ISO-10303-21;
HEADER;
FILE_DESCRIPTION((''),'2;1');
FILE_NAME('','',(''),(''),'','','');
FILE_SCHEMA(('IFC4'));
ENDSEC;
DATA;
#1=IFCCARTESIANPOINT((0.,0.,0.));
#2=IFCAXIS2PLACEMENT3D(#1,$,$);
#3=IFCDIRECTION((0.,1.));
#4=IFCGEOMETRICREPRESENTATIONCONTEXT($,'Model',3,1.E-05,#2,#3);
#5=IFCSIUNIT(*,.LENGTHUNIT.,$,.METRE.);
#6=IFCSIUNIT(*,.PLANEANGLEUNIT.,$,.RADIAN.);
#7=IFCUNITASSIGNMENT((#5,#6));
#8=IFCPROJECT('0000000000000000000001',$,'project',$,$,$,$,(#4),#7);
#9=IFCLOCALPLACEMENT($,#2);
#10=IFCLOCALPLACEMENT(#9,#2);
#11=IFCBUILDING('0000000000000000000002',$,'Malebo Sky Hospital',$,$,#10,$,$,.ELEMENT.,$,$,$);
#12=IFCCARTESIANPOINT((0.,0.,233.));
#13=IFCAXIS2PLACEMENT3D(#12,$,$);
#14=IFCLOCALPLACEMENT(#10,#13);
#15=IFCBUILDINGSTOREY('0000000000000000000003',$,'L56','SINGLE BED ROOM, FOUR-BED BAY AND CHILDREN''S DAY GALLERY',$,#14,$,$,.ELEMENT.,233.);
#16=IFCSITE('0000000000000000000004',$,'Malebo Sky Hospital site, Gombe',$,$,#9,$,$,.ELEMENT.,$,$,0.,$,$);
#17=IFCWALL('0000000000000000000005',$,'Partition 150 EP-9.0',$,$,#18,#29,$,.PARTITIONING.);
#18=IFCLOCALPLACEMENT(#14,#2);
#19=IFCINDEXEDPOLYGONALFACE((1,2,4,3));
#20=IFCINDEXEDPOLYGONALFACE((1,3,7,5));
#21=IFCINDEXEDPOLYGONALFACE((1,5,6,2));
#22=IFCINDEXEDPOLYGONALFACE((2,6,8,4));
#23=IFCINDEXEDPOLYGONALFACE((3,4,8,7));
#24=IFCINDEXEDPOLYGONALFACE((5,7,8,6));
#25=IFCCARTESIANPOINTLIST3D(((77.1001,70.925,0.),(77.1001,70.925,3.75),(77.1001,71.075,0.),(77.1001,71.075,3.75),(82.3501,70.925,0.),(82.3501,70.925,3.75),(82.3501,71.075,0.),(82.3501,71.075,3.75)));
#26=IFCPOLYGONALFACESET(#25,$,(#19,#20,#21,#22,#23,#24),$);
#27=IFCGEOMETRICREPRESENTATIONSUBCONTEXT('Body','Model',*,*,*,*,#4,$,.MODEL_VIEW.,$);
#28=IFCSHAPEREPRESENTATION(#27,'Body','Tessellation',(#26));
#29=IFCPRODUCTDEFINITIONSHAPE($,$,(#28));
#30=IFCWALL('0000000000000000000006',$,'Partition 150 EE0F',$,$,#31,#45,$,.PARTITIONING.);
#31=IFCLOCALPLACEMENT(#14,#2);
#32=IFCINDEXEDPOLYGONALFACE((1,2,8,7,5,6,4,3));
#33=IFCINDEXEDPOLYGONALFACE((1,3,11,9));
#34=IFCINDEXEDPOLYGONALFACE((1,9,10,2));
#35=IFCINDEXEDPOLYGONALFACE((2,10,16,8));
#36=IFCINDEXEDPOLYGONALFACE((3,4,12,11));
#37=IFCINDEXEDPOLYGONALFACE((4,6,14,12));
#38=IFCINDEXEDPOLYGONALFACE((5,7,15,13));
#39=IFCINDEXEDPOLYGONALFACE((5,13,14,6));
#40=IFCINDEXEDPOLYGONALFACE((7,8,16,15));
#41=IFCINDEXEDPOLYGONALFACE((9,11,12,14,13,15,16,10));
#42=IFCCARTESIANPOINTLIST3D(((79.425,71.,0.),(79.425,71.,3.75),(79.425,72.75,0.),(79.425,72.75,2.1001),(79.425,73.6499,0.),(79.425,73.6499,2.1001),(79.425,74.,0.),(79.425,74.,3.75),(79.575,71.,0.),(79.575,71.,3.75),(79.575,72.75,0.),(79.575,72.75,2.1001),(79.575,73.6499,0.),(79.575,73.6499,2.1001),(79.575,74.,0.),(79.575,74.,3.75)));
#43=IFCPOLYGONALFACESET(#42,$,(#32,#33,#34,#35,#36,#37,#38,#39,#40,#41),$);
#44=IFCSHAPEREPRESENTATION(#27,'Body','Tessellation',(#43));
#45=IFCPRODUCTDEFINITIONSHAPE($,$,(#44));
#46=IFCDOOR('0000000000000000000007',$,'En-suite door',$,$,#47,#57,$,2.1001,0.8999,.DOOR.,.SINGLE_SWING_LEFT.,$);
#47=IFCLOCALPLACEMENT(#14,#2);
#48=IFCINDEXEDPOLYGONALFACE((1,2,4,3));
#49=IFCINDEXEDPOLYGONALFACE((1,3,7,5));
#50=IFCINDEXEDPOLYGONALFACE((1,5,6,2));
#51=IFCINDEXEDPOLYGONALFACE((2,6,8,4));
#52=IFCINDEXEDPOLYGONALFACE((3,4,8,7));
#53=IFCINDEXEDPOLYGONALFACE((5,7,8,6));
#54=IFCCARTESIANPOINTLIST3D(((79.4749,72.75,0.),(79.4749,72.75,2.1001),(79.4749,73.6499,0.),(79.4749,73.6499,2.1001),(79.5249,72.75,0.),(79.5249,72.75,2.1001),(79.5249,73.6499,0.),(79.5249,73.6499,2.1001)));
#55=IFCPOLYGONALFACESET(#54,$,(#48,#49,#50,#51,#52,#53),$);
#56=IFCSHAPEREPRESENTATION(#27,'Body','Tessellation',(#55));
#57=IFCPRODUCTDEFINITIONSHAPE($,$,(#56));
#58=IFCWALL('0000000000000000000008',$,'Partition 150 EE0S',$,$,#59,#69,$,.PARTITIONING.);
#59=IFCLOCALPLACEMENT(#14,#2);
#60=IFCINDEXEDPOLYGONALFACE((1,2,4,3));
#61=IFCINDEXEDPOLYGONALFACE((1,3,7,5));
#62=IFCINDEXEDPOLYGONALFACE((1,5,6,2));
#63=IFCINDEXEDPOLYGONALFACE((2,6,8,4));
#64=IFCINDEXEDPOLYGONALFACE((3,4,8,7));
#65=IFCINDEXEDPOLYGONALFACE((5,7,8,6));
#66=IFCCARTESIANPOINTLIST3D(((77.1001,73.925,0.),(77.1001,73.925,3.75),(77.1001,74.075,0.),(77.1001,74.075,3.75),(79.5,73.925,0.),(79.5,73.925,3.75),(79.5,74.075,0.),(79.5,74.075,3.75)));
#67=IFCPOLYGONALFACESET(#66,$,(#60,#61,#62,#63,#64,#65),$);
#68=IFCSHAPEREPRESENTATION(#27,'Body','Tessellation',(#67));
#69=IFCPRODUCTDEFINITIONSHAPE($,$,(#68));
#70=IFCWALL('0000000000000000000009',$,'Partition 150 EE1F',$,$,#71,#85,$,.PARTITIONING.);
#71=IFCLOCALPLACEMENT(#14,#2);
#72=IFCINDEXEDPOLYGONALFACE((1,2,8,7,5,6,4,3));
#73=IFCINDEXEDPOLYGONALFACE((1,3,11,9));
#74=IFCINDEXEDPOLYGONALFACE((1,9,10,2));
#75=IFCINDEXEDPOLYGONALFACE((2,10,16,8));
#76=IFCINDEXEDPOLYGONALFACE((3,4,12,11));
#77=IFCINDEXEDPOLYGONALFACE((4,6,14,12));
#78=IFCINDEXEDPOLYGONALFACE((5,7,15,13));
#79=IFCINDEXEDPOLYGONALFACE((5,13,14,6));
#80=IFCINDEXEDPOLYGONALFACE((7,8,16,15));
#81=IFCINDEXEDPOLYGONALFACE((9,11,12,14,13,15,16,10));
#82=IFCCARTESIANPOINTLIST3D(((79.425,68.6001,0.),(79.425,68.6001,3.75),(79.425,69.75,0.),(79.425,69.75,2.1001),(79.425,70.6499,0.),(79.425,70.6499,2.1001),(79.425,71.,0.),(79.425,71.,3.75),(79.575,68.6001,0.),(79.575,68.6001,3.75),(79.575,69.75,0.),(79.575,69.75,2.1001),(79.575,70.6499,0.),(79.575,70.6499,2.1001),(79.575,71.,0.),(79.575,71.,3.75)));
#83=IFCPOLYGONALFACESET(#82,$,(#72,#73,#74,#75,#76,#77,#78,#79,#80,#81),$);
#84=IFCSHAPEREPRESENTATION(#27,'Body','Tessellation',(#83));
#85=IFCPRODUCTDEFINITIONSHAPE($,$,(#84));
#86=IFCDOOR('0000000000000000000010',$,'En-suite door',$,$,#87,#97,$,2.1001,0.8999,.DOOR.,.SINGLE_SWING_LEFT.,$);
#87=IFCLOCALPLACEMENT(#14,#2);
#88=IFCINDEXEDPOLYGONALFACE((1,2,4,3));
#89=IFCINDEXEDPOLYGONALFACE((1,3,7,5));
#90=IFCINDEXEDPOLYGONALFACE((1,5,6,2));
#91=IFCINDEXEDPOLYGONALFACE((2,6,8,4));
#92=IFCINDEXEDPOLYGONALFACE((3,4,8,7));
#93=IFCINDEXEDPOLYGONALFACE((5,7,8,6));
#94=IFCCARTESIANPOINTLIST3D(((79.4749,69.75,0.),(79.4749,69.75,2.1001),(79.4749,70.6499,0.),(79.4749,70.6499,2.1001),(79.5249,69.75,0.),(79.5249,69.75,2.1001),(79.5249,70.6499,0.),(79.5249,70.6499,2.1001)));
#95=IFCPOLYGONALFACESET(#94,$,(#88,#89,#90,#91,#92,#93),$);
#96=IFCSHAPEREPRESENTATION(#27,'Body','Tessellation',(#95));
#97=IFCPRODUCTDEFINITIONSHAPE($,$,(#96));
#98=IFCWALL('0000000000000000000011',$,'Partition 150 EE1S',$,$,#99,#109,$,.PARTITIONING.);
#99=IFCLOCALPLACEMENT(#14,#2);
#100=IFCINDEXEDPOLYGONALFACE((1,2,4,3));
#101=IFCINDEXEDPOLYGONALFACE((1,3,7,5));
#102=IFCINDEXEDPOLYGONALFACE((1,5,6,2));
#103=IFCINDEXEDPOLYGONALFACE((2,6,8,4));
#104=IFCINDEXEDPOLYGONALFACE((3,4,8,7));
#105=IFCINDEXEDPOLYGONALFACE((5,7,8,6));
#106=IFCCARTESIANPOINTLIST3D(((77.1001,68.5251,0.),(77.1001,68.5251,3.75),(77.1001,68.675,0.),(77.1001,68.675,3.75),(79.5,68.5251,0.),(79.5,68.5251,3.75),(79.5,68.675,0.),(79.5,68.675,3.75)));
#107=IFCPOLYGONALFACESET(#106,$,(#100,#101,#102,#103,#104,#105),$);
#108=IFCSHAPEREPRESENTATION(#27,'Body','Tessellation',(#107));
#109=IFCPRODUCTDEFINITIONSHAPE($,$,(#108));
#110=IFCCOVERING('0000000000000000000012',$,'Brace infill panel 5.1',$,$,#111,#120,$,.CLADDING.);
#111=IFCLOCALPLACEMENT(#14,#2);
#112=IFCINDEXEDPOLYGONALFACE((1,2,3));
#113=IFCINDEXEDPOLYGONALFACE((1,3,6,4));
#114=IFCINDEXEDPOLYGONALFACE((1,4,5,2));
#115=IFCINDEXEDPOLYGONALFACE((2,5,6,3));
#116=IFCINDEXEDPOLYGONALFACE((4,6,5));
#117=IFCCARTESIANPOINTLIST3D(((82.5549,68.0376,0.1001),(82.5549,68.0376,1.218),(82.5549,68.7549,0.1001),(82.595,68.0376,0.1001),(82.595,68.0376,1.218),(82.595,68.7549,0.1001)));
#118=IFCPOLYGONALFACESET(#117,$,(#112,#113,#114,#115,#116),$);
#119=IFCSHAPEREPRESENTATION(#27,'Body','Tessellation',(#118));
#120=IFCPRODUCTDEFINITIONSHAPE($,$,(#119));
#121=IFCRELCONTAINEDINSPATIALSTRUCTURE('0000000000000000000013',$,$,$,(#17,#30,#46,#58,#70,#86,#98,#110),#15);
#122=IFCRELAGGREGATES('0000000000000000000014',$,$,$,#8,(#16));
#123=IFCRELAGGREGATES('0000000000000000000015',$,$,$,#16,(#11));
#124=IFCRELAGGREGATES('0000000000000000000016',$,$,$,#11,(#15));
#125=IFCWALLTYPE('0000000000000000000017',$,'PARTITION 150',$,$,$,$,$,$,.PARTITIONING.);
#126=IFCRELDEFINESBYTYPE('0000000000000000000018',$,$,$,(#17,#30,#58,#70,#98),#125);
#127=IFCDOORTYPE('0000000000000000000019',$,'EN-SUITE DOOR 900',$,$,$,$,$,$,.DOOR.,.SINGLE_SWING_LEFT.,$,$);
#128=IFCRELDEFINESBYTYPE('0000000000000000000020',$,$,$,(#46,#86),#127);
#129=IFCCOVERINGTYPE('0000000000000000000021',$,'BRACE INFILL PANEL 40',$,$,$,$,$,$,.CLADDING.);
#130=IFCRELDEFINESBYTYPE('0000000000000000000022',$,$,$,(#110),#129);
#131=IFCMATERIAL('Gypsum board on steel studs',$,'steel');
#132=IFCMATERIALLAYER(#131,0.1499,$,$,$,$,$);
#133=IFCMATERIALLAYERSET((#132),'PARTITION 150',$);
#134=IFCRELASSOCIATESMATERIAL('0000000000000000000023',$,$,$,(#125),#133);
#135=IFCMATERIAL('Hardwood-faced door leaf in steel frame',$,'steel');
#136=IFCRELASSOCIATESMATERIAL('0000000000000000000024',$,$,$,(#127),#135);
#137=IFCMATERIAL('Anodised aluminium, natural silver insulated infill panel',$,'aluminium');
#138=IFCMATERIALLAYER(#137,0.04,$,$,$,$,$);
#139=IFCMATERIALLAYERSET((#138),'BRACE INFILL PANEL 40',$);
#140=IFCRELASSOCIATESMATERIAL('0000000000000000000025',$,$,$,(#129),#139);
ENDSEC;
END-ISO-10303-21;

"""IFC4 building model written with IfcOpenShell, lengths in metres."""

from ifc_helpers import new_model, si_unit, direction, frame, frame_2d, origin, place, context, subcontext, project, spatial, polyline, rectangle, outline, extrude, material, layer, layer_set, type_object, element, fill, save


model = new_model("IFC4")

# Units and contexts
model_context = context("Model", 3, precision=1e-05, world=origin(), true_north=direction((0.0, 1.0)))
body_context = subcontext(model_context, "Body", "Model", "MODEL_VIEW")
ifc_project = project(units=[si_unit("LENGTHUNIT", "METRE"), si_unit("PLANEANGLEUNIT", "RADIAN")], contexts=[model_context])

# Site, building, storey
site_placement = place(None, origin())
site = spatial("IfcSite", under=ifc_project, at=site_placement, Name="Malebo Sky Hospital site, Gombe", CompositionType="ELEMENT", RefElevation=0.0)
building_placement = place(site_placement, origin())
building = spatial("IfcBuilding", under=site, at=building_placement, Name="Malebo Sky Hospital", CompositionType="ELEMENT")
storey_placement = place(building_placement, frame((0.0, 0.0, 233.0)))
storey = spatial("IfcBuildingStorey", under=building, at=storey_placement, Name="L56", Description="SINGLE BED ROOM, FOUR-BED BAY AND CHILDREN'S DAY GALLERY", CompositionType="ELEMENT", Elevation=233.0)

# Shared definitions
ifc_material_1 = material(Name="Gypsum board on steel studs", Category="steel")
ifc_material_2 = material(Name="Hardwood-faced door leaf in steel frame", Category="steel")

# Wall
ifc_layer_1 = layer(ifc_material_1, 0.1499)
ifc_layer_set_1 = layer_set([ifc_layer_1], Name="PARTITION 150")
wall_type_1 = type_object("IfcWallType", Name="PARTITION 150", PredefinedType="PARTITIONING", material=ifc_layer_set_1)
wall_1_placement = place(storey_placement, frame((77.1001, 71.0, 0.0), z_axis=(0.0, 0.0, 1.0), x_axis=(1.0, 0.0, 0.0)))
element("IfcWall", 1, at=wall_1_placement, inside=storey, type_object=wall_type_1, Name="Partition 150 EP-9.0", PredefinedType="PARTITIONING", context=body_context, shape_type="SweptSolid", body=[
    extrude(rectangle(XDim=5.25, YDim=0.1499, at=frame_2d((2.625, 0.0))), origin(), (0.0, 0.0, 1.0), 3.75),
])

# Wall, opening, door
wall_2_placement = place(storey_placement, frame((79.5, 74.0, 0.0), z_axis=(0.0, 0.0, 1.0), x_axis=(0.0, -1.0, 0.0)))
wall_2 = element("IfcWall", 2, at=wall_2_placement, inside=storey, type_object=wall_type_1, Name="Partition 150 EE0F", PredefinedType="PARTITIONING", context=body_context, shape_type="SweptSolid", body=[
    extrude(rectangle(XDim=3.0, YDim=0.1499, at=frame_2d((1.5, 0.0))), origin(), (0.0, 0.0, 1.0), 3.75),
])
opening_1_placement = place(wall_2_placement, frame((0.3501, 0.0, 0.0)))
opening_1 = element("IfcOpeningElement", 3, at=opening_1_placement, cuts=wall_2, PredefinedType="OPENING", context=body_context, shape_type="SweptSolid", body=[
    extrude(rectangle(XDim=0.8999, YDim=2.1001, at=frame_2d((0.45, 1.05))), frame((0.0, 0.085, 0.0), z_axis=(0.0, -1.0, 0.0), x_axis=(1.0, 0.0, 0.0)), (0.0, 0.0, 1.0), 0.1699),
])
door_type_1 = type_object("IfcDoorType", Name="EN-SUITE DOOR 900", OperationType="SINGLE_SWING_LEFT", PredefinedType="DOOR", material=ifc_material_2)
door_1_placement = place(opening_1_placement, origin())
door_1 = element("IfcDoor", 4, at=door_1_placement, inside=storey, type_object=door_type_1, Name="En-suite door", OperationType="SINGLE_SWING_LEFT", OverallHeight=2.1001, OverallWidth=0.8999, PredefinedType="DOOR", context=body_context, shape_type="SweptSolid", body=[
    extrude(rectangle(XDim=0.8999, YDim=2.1001, at=frame_2d((0.45, 1.05))), frame((0.0, 0.0249, 0.0), z_axis=(0.0, -1.0, 0.0), x_axis=(1.0, 0.0, 0.0)), (0.0, 0.0, 1.0), 0.05),
])
fill(opening_1, door_1)

# Wall
wall_3_placement = place(storey_placement, frame((77.1001, 74.0, 0.0), z_axis=(0.0, 0.0, 1.0), x_axis=(1.0, 0.0, 0.0)))
element("IfcWall", 5, at=wall_3_placement, inside=storey, type_object=wall_type_1, Name="Partition 150 EE0S", PredefinedType="PARTITIONING", context=body_context, shape_type="SweptSolid", body=[
    extrude(rectangle(XDim=2.3999, YDim=0.1499, at=frame_2d((1.2, 0.0))), origin(), (0.0, 0.0, 1.0), 3.75),
])

# Wall, opening, door
wall_4_placement = place(storey_placement, frame((79.5, 71.0, 0.0), z_axis=(0.0, 0.0, 1.0), x_axis=(0.0, -1.0, 0.0)))
wall_4 = element("IfcWall", 6, at=wall_4_placement, inside=storey, type_object=wall_type_1, Name="Partition 150 EE1F", PredefinedType="PARTITIONING", context=body_context, shape_type="SweptSolid", body=[
    extrude(rectangle(XDim=2.3999, YDim=0.1499, at=frame_2d((1.2, 0.0))), origin(), (0.0, 0.0, 1.0), 3.75),
])
opening_2_placement = place(wall_4_placement, frame((0.3501, 0.0, 0.0)))
opening_2 = element("IfcOpeningElement", 7, at=opening_2_placement, cuts=wall_4, PredefinedType="OPENING", context=body_context, shape_type="SweptSolid", body=[
    extrude(rectangle(XDim=0.8999, YDim=2.1001, at=frame_2d((0.45, 1.05))), frame((0.0, 0.085, 0.0), z_axis=(0.0, -1.0, 0.0), x_axis=(1.0, 0.0, 0.0)), (0.0, 0.0, 1.0), 0.1699),
])
door_2_placement = place(opening_2_placement, origin())
door_2 = element("IfcDoor", 8, at=door_2_placement, inside=storey, type_object=door_type_1, Name="En-suite door", OperationType="SINGLE_SWING_LEFT", OverallHeight=2.1001, OverallWidth=0.8999, PredefinedType="DOOR", context=body_context, shape_type="SweptSolid", body=[
    extrude(rectangle(XDim=0.8999, YDim=2.1001, at=frame_2d((0.45, 1.05))), frame((0.0, 0.0249, 0.0), z_axis=(0.0, -1.0, 0.0), x_axis=(1.0, 0.0, 0.0)), (0.0, 0.0, 1.0), 0.05),
])
fill(opening_2, door_2)

# Wall
wall_5_placement = place(storey_placement, frame((77.1001, 68.6001, 0.0), z_axis=(0.0, 0.0, 1.0), x_axis=(1.0, 0.0, 0.0)))
element("IfcWall", 9, at=wall_5_placement, inside=storey, type_object=wall_type_1, Name="Partition 150 EE1S", PredefinedType="PARTITIONING", context=body_context, shape_type="SweptSolid", body=[
    extrude(rectangle(XDim=2.3999, YDim=0.1499, at=frame_2d((1.2, 0.0))), origin(), (0.0, 0.0, 1.0), 3.75),
])

# Covering
ifc_material_3 = material(Name="Anodised aluminium, natural silver insulated infill panel", Category="aluminium")
ifc_layer_2 = layer(ifc_material_3, 0.04)
ifc_layer_set_2 = layer_set([ifc_layer_2], Name="BRACE INFILL PANEL 40")
covering_type = type_object("IfcCoveringType", Name="BRACE INFILL PANEL 40", PredefinedType="CLADDING", material=ifc_layer_set_2)
covering_placement = place(storey_placement, frame((82.575, 68.3962, 0.1001), z_axis=(0.0, 0.0, 1.0), x_axis=(0.0, -1.0, 0.0)))
element("IfcCovering", 10, at=covering_placement, inside=storey, type_object=covering_type, Name="Brace infill panel 5.1", PredefinedType="CLADDING", context=body_context, shape_type="SweptSolid", body=[
    extrude(outline(polyline([(-0.3586, 0.0), (0.3586, 0.0), (0.3586, 1.1179), (-0.3586, 0.0)])), frame((0.0, 0.02, 0.0), z_axis=(0.0, -1.0, 0.0), x_axis=(1.0, 0.0, 0.0)), (0.0, 0.0, 1.0), 0.04),
])

save(model, "model.ifc")
